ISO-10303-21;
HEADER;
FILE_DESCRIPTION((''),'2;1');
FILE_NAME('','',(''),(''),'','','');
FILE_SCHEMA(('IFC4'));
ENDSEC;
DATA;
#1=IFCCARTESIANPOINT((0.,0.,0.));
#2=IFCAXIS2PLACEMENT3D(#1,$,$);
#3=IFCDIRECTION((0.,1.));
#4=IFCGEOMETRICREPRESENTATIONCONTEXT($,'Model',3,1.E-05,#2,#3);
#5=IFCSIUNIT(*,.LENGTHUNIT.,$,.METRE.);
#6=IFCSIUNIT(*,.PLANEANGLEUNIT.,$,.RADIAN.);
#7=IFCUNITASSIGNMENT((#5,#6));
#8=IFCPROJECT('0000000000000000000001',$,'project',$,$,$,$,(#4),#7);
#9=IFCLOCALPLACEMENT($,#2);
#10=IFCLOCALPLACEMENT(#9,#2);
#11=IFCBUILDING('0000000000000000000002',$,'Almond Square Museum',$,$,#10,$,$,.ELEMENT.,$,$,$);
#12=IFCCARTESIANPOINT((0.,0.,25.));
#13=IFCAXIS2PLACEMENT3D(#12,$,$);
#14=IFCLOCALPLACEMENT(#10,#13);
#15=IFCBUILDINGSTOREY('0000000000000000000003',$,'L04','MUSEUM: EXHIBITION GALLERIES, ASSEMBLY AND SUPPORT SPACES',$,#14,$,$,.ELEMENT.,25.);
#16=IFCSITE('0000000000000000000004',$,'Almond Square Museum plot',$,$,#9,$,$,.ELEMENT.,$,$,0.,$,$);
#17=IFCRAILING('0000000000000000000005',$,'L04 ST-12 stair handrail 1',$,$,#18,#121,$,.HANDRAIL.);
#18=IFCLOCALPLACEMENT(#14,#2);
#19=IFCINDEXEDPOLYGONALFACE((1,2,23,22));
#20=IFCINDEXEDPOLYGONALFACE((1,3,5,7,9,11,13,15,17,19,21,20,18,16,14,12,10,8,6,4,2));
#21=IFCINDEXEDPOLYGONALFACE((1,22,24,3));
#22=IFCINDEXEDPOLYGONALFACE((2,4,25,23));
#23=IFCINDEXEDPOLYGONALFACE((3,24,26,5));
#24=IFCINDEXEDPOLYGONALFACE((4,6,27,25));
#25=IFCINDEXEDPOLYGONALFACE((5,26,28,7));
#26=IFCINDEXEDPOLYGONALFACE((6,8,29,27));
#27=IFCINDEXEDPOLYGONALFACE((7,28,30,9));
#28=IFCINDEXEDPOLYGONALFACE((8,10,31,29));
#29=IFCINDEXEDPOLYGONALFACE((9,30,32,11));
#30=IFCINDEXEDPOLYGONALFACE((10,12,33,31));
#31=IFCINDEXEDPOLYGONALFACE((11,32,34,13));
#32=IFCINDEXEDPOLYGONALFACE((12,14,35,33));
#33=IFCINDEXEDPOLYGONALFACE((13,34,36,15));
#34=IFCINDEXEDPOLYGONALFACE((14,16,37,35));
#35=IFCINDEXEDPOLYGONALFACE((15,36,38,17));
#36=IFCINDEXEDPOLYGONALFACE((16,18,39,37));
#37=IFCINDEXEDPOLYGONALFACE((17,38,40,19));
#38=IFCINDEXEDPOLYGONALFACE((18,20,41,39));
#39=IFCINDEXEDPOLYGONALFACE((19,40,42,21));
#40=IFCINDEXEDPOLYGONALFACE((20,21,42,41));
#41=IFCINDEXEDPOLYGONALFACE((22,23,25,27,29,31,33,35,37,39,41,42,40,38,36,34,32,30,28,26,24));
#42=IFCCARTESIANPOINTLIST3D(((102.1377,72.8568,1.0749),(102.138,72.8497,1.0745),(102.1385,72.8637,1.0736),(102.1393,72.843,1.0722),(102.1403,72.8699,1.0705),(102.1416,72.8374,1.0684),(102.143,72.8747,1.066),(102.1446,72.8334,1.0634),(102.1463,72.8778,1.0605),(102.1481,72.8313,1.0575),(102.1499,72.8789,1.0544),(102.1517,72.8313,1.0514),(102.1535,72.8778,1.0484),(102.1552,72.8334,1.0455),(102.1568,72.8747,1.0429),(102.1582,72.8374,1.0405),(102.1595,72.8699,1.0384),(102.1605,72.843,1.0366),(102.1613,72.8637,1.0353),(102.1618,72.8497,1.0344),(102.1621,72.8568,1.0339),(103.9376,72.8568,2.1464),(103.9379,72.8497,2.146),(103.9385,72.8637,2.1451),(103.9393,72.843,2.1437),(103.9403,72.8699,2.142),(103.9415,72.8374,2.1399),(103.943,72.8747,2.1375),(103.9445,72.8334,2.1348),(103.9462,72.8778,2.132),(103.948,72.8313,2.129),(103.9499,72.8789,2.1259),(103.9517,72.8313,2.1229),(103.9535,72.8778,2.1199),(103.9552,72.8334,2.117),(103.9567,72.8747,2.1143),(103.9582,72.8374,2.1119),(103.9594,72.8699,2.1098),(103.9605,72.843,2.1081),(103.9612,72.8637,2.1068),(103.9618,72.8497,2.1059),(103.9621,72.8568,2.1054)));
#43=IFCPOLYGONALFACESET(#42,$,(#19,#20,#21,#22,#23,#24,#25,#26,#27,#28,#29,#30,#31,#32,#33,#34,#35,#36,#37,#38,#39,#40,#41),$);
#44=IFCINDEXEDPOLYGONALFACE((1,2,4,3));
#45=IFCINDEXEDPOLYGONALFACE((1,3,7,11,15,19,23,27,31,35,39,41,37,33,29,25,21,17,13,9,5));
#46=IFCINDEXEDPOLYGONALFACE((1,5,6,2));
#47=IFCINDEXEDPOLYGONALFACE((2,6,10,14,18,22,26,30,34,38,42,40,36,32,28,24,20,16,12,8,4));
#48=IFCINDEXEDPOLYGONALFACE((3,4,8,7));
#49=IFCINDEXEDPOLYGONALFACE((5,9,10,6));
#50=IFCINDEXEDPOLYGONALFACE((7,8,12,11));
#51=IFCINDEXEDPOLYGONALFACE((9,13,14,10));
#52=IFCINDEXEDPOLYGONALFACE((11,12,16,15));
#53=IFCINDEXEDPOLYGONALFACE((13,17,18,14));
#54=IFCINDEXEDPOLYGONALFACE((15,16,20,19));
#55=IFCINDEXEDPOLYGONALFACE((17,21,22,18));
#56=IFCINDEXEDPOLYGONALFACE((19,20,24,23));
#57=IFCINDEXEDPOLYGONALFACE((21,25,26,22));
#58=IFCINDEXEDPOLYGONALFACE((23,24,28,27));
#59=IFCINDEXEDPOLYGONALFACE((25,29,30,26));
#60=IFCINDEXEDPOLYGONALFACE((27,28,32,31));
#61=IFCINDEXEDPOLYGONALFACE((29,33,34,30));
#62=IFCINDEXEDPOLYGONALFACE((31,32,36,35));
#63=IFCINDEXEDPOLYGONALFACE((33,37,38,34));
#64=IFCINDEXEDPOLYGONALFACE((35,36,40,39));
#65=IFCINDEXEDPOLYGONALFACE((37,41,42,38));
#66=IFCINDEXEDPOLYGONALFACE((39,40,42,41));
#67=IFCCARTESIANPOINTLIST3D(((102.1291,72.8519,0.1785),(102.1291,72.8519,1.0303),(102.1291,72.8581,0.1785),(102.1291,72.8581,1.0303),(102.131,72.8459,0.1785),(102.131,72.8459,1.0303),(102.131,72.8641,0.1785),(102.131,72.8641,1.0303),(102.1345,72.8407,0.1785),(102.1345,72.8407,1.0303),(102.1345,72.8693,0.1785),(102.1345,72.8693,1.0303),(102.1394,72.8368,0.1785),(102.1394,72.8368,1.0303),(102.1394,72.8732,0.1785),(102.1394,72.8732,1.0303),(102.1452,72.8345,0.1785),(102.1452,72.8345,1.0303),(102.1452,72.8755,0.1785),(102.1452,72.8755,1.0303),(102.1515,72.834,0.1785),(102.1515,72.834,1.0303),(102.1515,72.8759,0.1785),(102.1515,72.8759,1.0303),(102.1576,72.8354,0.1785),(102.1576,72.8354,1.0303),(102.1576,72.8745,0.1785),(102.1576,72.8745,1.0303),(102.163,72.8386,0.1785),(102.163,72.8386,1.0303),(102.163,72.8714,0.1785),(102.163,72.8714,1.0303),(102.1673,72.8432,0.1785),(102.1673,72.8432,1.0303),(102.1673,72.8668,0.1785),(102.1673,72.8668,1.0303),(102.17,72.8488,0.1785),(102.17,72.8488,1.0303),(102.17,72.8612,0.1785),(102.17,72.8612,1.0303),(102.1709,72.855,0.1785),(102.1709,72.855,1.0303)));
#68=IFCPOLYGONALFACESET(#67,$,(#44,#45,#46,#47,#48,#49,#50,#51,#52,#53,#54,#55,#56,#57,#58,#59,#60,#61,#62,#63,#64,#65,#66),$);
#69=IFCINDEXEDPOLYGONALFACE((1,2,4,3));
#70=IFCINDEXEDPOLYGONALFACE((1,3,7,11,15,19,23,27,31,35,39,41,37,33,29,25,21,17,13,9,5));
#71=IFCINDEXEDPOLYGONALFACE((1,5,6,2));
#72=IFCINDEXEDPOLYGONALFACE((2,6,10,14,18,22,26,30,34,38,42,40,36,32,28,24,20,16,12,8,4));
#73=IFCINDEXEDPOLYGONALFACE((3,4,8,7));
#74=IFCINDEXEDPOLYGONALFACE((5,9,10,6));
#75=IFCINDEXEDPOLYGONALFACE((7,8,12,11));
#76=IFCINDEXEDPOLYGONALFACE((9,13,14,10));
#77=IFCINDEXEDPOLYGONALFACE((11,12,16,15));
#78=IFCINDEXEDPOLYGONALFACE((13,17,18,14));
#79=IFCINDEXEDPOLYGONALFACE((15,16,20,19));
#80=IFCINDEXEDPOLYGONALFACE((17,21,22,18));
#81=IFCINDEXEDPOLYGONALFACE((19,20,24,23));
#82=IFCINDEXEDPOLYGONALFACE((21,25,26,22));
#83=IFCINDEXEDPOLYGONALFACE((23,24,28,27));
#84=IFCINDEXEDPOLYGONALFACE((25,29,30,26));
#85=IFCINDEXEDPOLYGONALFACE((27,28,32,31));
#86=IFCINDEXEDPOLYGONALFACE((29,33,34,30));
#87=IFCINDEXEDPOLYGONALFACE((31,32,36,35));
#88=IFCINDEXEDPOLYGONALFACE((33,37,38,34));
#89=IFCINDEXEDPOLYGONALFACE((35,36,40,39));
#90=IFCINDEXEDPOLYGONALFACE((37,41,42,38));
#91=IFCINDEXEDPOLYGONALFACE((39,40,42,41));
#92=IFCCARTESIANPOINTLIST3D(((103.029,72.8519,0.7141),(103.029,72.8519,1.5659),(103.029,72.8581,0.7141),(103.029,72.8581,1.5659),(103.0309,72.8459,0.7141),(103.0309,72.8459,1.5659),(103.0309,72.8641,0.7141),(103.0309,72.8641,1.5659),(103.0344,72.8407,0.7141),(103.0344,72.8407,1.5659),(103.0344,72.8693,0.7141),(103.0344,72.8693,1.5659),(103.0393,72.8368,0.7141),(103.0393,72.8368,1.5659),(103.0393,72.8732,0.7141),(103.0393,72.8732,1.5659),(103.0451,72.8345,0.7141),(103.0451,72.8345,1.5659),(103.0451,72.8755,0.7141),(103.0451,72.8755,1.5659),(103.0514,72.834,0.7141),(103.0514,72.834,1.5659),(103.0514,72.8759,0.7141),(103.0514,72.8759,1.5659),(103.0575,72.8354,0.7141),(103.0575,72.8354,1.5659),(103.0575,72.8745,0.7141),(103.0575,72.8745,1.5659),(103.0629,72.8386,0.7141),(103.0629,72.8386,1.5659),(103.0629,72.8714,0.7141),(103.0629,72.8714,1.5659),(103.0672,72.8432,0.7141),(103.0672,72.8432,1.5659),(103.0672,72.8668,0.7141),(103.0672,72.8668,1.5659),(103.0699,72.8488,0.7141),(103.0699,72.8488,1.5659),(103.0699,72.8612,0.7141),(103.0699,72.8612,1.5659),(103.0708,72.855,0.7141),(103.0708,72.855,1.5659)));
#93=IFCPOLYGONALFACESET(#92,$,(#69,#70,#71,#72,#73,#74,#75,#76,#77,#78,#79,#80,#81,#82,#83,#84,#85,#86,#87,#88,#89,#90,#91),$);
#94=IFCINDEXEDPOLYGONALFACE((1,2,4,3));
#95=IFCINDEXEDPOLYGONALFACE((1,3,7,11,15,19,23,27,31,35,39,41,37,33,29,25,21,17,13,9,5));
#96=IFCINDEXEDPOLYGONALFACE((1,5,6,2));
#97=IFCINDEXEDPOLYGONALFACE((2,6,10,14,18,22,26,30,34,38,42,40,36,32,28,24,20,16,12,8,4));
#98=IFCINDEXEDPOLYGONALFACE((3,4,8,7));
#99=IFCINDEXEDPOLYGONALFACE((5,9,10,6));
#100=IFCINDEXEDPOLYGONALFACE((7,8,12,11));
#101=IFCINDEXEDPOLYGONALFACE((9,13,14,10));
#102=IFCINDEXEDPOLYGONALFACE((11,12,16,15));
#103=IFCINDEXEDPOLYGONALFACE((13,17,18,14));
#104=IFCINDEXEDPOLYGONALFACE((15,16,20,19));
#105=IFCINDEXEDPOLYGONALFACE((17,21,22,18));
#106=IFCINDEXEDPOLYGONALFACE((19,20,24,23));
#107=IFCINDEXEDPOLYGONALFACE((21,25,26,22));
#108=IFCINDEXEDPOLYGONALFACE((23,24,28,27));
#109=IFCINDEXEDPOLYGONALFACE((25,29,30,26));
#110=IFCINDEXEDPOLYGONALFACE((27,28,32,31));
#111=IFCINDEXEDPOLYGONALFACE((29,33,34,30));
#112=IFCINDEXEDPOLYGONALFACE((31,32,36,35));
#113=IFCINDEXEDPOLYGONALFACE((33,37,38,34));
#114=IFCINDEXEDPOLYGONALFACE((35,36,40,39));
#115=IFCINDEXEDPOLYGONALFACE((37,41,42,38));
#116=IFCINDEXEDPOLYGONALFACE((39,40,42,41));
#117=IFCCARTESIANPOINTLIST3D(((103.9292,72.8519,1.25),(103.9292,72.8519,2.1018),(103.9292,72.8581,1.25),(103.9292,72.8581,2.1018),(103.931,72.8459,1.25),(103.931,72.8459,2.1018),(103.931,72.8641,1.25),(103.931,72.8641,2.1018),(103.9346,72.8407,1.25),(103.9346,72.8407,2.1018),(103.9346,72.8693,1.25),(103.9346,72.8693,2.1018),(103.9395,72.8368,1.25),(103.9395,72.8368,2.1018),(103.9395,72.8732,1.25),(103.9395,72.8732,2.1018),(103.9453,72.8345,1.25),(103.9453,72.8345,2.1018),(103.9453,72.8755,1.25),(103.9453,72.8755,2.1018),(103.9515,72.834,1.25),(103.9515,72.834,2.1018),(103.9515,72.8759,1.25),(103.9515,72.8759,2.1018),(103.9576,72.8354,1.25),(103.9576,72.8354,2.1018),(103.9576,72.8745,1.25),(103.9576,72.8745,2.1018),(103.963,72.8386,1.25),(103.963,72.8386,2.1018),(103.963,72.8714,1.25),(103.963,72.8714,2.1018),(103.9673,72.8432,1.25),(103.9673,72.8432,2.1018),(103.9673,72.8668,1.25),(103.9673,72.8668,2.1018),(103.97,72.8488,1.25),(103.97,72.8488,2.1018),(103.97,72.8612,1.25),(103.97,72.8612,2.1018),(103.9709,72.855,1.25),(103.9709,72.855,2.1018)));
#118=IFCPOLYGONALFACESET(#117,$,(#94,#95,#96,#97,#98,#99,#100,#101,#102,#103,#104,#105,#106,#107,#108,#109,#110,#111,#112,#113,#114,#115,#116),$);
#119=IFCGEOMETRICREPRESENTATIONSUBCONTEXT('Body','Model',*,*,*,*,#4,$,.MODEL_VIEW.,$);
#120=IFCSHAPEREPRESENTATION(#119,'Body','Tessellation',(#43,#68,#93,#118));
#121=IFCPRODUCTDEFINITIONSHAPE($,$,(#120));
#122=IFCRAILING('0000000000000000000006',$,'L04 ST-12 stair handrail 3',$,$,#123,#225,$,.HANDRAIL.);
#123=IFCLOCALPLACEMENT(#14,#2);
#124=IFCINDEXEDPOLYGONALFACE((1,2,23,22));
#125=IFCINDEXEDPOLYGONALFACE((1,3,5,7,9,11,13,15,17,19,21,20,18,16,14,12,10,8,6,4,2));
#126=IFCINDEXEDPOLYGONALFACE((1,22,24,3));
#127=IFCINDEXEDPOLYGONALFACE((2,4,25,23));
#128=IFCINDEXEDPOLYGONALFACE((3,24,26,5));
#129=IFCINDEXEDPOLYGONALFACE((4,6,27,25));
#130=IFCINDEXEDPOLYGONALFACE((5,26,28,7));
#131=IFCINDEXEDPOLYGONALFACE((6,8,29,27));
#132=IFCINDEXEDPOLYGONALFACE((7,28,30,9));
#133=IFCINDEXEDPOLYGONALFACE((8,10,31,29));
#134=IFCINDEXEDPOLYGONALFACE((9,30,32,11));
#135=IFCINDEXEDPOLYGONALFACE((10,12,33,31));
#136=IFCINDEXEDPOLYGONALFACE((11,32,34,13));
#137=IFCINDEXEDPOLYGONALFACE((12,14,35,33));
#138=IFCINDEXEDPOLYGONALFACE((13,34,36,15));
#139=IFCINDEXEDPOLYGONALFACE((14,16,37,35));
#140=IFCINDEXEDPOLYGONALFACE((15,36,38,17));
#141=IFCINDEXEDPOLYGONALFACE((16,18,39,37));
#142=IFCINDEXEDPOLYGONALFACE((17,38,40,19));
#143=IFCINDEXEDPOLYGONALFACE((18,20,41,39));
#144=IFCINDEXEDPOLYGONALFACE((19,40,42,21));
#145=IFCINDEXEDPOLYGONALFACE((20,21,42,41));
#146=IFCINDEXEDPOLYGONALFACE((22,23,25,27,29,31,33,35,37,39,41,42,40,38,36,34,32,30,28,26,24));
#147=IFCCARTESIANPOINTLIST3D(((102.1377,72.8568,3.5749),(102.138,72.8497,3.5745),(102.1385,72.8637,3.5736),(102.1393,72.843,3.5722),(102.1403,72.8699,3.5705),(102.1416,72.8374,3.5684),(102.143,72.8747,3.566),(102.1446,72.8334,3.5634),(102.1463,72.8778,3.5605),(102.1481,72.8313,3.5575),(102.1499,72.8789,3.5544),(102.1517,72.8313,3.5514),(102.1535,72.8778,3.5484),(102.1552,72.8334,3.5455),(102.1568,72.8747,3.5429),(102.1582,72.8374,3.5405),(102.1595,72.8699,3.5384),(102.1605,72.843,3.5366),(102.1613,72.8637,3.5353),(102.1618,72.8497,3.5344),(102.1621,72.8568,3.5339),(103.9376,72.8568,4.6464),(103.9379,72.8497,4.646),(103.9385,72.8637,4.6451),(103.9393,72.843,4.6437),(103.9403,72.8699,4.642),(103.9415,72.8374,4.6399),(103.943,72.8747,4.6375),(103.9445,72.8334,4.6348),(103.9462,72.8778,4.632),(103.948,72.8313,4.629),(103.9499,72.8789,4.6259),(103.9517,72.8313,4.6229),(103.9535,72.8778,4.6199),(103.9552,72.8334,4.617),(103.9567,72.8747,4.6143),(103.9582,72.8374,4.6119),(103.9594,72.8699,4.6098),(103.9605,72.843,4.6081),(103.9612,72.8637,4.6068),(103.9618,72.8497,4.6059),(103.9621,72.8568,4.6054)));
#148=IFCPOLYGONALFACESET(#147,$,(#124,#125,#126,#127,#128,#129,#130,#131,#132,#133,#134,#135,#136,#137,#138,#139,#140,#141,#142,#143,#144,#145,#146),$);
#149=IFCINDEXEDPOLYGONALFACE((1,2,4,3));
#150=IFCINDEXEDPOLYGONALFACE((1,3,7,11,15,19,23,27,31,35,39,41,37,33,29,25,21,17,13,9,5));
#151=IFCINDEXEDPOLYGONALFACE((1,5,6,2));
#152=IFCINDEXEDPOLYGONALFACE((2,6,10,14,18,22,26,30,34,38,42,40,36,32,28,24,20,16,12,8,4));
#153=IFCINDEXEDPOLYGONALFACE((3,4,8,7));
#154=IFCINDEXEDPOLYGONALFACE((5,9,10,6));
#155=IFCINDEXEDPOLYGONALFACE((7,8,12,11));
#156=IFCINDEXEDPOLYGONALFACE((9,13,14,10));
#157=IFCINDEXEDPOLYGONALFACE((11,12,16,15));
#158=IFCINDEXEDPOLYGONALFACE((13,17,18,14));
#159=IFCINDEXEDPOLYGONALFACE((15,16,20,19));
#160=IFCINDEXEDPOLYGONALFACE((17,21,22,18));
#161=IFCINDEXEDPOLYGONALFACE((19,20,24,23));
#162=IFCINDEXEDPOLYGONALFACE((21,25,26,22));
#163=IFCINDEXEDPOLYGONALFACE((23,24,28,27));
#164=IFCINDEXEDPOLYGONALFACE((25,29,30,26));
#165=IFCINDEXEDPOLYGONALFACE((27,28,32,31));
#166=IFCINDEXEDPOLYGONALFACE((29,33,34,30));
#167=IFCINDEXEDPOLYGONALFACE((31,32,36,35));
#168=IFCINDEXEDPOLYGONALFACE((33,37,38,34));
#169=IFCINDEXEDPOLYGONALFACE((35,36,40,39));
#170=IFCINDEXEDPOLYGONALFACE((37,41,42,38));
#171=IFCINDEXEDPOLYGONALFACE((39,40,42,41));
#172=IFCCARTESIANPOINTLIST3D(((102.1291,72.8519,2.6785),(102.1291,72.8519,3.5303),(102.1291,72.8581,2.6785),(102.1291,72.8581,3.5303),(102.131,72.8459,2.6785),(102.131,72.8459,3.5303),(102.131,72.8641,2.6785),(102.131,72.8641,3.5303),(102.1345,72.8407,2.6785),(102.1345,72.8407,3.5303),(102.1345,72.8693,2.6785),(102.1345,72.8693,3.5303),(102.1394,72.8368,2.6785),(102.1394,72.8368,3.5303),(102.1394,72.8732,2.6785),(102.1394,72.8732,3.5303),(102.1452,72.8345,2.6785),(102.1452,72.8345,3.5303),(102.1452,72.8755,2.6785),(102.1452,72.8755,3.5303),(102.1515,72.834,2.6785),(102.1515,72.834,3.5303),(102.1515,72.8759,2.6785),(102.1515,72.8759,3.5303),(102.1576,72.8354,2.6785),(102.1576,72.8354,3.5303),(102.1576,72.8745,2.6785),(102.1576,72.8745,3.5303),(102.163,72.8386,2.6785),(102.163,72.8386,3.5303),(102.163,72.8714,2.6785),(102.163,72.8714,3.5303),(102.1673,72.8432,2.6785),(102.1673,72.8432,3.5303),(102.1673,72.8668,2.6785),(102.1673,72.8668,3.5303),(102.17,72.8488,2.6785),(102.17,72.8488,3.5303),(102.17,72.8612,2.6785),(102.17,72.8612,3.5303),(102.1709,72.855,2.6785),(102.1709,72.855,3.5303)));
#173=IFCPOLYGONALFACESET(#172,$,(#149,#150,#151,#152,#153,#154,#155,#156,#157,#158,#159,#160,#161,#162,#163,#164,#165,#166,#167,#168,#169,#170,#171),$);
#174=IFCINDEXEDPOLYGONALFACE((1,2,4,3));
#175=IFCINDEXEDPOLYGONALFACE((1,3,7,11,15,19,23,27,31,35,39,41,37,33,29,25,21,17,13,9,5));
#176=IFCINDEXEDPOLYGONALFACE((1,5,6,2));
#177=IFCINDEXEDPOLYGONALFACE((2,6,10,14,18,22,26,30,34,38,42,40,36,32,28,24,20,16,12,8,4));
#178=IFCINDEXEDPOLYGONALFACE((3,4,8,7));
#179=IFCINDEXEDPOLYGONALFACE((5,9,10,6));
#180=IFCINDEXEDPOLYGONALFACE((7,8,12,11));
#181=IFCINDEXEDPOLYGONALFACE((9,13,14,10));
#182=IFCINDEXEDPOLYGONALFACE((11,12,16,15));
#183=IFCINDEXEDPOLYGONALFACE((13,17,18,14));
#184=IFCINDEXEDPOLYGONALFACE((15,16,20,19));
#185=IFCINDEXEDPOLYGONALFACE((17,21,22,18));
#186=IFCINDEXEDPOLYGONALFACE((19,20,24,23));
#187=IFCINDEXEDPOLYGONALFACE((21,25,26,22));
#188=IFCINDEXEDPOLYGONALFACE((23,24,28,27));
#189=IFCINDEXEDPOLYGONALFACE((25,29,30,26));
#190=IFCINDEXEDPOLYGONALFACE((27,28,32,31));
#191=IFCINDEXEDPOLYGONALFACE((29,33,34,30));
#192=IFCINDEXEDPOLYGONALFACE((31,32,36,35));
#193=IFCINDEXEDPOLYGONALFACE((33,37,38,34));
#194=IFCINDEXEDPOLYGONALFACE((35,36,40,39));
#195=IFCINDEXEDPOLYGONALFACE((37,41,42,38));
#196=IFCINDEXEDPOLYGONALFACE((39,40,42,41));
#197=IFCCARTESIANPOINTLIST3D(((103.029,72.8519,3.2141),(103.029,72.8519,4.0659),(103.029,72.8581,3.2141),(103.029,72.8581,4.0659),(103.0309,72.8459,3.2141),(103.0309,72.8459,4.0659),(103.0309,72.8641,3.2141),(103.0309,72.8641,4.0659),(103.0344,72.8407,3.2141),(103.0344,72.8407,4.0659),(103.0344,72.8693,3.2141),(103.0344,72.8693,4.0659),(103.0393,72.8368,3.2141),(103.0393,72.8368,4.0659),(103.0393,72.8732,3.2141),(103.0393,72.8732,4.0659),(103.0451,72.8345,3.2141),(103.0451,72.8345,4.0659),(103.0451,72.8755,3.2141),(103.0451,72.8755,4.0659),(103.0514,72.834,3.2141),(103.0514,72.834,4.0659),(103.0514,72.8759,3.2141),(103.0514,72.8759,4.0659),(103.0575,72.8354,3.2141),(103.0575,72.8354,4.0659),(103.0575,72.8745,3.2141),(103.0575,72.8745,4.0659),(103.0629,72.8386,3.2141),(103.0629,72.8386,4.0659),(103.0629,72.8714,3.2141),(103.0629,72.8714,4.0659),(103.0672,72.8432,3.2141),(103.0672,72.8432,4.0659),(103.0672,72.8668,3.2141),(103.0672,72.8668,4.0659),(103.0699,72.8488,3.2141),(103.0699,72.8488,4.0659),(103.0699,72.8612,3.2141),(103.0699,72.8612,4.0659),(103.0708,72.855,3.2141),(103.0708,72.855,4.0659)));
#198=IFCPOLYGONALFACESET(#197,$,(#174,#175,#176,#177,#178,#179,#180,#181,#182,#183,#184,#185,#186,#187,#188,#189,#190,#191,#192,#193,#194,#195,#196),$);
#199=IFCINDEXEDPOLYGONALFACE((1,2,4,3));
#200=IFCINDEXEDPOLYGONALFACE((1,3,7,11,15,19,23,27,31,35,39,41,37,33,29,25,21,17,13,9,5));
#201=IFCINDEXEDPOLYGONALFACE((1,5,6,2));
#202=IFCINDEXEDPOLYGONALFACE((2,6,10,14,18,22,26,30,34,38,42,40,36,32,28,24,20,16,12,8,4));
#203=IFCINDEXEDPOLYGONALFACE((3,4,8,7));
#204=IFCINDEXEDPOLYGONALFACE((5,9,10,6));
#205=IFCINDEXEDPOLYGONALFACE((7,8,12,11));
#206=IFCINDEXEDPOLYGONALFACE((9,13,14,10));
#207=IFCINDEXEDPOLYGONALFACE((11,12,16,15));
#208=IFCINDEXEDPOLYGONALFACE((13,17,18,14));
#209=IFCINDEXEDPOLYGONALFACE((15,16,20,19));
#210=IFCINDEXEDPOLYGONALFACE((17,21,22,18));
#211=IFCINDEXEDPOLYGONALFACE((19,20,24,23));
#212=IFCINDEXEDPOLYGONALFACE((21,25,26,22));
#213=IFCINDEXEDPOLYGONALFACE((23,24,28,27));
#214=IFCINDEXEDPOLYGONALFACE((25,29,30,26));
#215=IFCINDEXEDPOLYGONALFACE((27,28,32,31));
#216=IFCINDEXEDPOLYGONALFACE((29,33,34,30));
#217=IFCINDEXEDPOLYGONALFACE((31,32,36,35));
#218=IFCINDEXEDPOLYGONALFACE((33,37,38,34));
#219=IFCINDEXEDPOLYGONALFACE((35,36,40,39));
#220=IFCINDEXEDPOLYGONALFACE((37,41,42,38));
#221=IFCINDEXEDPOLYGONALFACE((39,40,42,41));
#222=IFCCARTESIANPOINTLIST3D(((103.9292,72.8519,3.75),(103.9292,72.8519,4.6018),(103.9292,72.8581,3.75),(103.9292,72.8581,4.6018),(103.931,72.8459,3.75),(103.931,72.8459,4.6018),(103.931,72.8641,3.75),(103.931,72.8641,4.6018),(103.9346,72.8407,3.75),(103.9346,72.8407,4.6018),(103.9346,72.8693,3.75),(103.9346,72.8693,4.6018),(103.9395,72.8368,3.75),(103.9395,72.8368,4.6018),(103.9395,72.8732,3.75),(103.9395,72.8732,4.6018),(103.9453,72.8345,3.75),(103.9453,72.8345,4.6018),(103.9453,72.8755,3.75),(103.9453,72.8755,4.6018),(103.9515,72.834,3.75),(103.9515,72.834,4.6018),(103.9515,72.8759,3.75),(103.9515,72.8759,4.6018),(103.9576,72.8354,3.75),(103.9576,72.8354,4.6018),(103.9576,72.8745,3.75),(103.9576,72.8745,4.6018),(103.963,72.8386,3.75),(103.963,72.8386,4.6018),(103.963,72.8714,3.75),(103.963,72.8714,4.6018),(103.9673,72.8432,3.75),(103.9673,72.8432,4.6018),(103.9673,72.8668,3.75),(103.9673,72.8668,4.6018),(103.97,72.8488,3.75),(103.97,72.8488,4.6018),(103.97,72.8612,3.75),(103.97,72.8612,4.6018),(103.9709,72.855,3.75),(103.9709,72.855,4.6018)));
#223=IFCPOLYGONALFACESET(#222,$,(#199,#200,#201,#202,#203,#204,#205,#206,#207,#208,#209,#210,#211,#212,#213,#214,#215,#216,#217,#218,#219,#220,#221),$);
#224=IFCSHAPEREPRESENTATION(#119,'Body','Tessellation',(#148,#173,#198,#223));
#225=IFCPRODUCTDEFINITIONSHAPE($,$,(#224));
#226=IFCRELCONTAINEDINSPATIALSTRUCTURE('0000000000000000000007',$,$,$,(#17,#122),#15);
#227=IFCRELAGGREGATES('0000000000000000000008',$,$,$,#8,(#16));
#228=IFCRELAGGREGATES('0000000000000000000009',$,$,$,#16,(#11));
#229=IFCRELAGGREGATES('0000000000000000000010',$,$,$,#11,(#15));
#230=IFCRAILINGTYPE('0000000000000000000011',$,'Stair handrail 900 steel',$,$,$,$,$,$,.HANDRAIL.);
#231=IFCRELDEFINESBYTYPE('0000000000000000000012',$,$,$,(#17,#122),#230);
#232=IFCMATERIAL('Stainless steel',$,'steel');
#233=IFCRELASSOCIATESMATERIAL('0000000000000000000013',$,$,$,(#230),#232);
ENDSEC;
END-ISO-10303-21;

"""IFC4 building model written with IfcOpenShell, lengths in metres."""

from ifc_helpers import new_model, si_unit, direction, frame, origin, origin_2d, place, context, subcontext, project, spatial, circle, extrude, material, type_object, element, save


model = new_model("IFC4")

# Units and contexts
model_context = context("Model", 3, precision=1e-05, world=origin(), true_north=direction((0.0, 1.0)))
body_context = subcontext(model_context, "Body", "Model", "MODEL_VIEW")
ifc_project = project(units=[si_unit("LENGTHUNIT", "METRE"), si_unit("PLANEANGLEUNIT", "RADIAN")], contexts=[model_context])

# Site, building, storey
site_placement = place(None, origin())
site = spatial("IfcSite", under=ifc_project, at=site_placement, Name="Almond Square Museum plot", CompositionType="ELEMENT", RefElevation=0.0)
building_placement = place(site_placement, origin())
building = spatial("IfcBuilding", under=site, at=building_placement, Name="Almond Square Museum", CompositionType="ELEMENT")
storey_placement = place(building_placement, frame((0.0, 0.0, 25.0)))
storey = spatial("IfcBuildingStorey", under=building, at=storey_placement, Name="L04", Description="MUSEUM: EXHIBITION GALLERIES, ASSEMBLY AND SUPPORT SPACES", CompositionType="ELEMENT", Elevation=25.0)

# Railings
ifc_material_1 = material(Name="Stainless steel", Category="steel")
railing_type_1 = type_object("IfcRailingType", Name="Stair handrail 900 steel", PredefinedType="HANDRAIL", material=ifc_material_1)
for number, where, name in (
    (1, (102.1499, 72.855, 0.1785), "L04 ST-12 stair handrail 1"),
    (2, (102.1499, 72.855, 2.6785), "L04 ST-12 stair handrail 3"),
):
    element("IfcRailing", number, at=place(storey_placement, frame(where)), inside=storey, type_object=railing_type_1, Name=name, PredefinedType="HANDRAIL", context=body_context, shape_type="SweptSolid", body=[
        extrude(circle(Radius=0.0239, at=origin_2d()), frame((0.0, 0.0, 0.876), z_axis=(0.859277, 0.0, 0.51151), x_axis=(0.0, 1.0, 0.0)), (0.0, 0.0, 1.0), 2.0947),
        extrude(circle(Radius=0.021, at=origin_2d()), origin(), (0.0, 0.0, 1.0), 0.8518),
        extrude(circle(Radius=0.021, at=origin_2d()), frame((0.8999, 0.0, 0.5356)), (0.0, 0.0, 1.0), 0.8518),
        extrude(circle(Radius=0.021, at=origin_2d()), frame((1.8, 0.0, 1.0715)), (0.0, 0.0, 1.0), 0.8518),
    ])

save(model, "model.ifc")
